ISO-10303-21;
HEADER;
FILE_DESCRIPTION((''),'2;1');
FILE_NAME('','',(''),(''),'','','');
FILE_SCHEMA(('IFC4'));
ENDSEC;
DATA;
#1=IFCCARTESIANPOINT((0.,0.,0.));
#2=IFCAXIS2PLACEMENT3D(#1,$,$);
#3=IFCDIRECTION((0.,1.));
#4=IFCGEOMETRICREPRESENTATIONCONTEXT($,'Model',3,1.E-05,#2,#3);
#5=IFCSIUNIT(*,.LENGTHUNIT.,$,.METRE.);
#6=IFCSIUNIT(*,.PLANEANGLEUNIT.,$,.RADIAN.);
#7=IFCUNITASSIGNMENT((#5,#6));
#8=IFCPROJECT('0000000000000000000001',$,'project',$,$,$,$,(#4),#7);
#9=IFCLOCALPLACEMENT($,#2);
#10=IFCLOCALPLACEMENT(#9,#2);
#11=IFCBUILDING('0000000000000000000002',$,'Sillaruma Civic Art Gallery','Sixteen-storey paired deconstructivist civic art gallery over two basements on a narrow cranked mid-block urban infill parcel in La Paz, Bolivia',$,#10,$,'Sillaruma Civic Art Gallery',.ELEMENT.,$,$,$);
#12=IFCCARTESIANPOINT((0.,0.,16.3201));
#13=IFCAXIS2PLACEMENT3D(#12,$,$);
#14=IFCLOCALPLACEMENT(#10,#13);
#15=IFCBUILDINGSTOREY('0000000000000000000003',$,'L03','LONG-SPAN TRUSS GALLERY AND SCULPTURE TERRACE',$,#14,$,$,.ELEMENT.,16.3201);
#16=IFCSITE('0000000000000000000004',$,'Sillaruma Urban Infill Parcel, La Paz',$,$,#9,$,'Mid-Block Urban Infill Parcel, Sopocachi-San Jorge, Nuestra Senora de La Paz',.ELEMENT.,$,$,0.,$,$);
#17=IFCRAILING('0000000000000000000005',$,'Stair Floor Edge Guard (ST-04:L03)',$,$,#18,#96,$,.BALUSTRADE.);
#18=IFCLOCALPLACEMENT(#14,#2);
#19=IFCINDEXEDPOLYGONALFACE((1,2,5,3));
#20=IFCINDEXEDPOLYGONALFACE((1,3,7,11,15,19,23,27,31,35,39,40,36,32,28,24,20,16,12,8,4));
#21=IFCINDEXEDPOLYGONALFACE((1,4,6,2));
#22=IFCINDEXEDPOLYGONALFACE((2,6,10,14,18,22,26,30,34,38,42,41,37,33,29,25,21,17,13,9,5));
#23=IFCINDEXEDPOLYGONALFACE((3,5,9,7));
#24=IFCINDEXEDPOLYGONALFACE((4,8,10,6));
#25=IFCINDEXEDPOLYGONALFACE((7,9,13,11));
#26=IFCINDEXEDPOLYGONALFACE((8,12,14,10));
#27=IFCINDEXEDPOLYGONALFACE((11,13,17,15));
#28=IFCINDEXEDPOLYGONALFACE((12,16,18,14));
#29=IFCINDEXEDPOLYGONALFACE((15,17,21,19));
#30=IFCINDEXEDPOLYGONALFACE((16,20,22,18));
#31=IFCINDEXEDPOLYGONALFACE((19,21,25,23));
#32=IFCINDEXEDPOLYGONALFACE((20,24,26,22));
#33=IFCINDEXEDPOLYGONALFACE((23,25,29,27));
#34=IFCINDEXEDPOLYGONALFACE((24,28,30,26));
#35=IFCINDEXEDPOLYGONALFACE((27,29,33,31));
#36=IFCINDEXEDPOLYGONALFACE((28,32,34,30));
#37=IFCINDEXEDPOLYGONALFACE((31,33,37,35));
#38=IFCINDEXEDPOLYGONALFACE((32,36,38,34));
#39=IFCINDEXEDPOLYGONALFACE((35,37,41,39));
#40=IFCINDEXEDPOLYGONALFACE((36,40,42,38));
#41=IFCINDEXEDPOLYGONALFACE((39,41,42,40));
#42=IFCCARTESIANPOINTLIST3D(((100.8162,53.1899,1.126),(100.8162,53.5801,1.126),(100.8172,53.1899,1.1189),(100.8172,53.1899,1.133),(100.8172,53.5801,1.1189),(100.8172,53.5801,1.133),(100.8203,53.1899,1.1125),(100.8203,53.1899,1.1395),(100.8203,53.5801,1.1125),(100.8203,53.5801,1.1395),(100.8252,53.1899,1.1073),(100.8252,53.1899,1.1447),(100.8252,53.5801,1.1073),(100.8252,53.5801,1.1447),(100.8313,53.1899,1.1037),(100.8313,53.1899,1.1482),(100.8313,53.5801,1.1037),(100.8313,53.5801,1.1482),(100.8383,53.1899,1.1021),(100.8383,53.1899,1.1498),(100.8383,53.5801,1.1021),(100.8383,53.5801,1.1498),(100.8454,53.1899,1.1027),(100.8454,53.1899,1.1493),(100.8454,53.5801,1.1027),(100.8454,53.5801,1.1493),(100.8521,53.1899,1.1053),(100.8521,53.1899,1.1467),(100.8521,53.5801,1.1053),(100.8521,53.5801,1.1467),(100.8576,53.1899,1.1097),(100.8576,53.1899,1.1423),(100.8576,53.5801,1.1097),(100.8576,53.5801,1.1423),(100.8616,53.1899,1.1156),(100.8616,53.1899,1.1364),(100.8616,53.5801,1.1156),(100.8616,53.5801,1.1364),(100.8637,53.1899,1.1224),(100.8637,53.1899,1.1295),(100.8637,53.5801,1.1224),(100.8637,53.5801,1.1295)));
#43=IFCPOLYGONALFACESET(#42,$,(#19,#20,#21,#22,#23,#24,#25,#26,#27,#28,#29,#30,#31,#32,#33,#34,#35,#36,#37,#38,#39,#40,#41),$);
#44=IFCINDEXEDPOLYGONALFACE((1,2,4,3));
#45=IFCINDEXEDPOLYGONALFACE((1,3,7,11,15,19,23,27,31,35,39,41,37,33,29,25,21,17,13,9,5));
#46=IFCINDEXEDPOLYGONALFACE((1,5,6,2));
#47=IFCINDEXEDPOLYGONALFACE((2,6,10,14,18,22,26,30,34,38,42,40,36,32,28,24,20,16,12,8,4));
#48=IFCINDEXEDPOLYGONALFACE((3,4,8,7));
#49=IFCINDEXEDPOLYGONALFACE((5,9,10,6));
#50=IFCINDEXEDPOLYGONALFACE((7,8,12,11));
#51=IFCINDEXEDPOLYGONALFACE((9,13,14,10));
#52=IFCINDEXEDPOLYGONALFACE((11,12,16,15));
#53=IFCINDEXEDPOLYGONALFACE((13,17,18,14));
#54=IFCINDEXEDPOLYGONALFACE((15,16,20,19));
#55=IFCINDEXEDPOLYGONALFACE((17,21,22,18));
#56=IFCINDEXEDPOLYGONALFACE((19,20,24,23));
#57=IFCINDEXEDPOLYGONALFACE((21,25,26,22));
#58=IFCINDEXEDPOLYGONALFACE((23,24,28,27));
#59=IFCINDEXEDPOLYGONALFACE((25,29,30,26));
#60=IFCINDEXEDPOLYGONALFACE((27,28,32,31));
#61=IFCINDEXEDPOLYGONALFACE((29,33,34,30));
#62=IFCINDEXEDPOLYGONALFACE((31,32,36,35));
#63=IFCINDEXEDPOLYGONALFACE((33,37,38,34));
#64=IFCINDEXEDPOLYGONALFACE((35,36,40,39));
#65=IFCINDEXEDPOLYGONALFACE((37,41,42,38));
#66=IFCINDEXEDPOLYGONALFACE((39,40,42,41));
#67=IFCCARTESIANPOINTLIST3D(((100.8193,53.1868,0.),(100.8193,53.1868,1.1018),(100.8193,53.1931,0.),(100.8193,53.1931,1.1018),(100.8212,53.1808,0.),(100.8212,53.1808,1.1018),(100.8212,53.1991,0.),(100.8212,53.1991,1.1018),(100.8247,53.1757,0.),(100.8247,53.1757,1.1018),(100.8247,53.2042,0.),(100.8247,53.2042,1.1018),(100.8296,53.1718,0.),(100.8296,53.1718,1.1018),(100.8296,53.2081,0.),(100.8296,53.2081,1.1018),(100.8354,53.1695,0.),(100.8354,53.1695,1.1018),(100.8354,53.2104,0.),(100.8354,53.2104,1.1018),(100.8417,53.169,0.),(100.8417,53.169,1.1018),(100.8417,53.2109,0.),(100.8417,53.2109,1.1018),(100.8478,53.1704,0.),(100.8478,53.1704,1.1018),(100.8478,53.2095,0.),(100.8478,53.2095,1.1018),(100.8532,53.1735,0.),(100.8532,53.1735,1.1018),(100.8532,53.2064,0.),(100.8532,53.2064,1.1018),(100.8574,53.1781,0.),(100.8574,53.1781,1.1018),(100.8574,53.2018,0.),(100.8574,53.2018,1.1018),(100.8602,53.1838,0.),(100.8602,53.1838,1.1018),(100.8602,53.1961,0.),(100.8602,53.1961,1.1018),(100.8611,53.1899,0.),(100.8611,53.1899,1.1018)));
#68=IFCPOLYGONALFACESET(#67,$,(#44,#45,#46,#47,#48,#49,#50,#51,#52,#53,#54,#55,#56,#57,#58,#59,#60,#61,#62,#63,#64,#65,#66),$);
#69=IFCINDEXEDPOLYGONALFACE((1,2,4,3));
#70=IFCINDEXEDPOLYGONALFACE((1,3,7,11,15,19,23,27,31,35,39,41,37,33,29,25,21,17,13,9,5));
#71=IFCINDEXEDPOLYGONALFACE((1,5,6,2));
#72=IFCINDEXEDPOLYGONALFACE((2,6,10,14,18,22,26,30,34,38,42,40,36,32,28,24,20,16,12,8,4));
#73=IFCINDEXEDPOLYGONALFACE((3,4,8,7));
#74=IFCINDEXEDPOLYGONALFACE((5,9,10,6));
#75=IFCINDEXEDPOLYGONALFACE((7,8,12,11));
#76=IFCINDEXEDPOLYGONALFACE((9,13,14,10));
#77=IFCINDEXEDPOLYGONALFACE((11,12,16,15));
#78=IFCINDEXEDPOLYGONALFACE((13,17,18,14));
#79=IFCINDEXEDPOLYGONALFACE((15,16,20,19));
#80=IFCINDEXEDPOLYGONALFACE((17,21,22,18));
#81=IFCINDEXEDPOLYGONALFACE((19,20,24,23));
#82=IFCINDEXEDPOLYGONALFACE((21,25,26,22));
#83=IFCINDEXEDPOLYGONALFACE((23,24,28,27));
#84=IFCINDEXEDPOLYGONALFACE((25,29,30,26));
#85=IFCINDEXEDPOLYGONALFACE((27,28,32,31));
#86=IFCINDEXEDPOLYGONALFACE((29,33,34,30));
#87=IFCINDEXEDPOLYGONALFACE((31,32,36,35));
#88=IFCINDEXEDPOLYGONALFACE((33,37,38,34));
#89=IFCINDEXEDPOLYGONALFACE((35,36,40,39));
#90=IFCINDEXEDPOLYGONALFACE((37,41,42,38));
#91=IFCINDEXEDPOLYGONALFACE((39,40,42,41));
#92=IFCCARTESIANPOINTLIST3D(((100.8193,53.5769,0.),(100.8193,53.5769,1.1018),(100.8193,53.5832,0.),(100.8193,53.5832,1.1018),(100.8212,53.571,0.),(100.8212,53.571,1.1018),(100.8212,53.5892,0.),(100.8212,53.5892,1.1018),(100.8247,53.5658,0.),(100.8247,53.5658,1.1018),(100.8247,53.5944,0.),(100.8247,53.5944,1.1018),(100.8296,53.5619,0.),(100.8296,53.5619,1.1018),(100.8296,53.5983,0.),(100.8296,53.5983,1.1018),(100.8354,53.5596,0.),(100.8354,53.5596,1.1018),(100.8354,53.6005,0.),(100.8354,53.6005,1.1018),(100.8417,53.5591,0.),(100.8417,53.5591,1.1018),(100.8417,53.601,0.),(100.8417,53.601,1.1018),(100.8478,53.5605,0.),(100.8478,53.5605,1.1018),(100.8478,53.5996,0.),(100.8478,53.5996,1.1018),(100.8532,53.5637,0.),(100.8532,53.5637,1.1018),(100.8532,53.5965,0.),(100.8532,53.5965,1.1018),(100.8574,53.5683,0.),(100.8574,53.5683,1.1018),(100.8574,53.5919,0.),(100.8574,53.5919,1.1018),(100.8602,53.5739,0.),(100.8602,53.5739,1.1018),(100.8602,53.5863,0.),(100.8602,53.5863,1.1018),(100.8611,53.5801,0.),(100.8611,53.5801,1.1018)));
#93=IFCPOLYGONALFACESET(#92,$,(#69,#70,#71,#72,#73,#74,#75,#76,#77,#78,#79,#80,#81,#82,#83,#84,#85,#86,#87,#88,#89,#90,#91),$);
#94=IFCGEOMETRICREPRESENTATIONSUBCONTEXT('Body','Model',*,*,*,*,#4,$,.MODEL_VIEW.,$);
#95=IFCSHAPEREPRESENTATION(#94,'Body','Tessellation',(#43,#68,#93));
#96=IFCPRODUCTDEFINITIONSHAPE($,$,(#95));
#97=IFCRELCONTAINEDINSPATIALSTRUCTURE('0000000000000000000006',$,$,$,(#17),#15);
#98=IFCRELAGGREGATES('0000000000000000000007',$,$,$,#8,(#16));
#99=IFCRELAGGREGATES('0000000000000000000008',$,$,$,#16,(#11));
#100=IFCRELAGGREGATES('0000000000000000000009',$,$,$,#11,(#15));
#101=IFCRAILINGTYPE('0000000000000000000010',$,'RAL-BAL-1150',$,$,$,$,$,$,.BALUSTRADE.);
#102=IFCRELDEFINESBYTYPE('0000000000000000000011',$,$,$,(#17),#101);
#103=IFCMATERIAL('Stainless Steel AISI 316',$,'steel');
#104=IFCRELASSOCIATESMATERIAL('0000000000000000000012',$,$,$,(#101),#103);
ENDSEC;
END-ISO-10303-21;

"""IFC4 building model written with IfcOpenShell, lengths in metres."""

from ifc_helpers import new_model, si_unit, direction, frame, origin, origin_2d, place, context, subcontext, project, spatial, circle, extrude, material, type_object, element, save


model = new_model("IFC4")

# Units and contexts
model_context = context("Model", 3, precision=1e-05, world=origin(), true_north=direction((0.0, 1.0)))
body_context = subcontext(model_context, "Body", "Model", "MODEL_VIEW")
ifc_project = project(units=[si_unit("LENGTHUNIT", "METRE"), si_unit("PLANEANGLEUNIT", "RADIAN")], contexts=[model_context])

# Site, building, storey
site_placement = place(None, origin())
site = spatial("IfcSite", under=ifc_project, at=site_placement, Name="Sillaruma Urban Infill Parcel, La Paz", LongName="Mid-Block Urban Infill Parcel, Sopocachi-San Jorge, Nuestra Senora de La Paz", CompositionType="ELEMENT", RefElevation=0.0)
building_placement = place(site_placement, origin())
building = spatial("IfcBuilding", under=site, at=building_placement, Name="Sillaruma Civic Art Gallery", Description="Sixteen-storey paired deconstructivist civic art gallery over two basements on a narrow cranked mid-block urban infill parcel in La Paz, Bolivia", LongName="Sillaruma Civic Art Gallery", CompositionType="ELEMENT")
storey_placement = place(building_placement, frame((0.0, 0.0, 16.3201)))
storey = spatial("IfcBuildingStorey", under=building, at=storey_placement, Name="L03", Description="LONG-SPAN TRUSS GALLERY AND SCULPTURE TERRACE", CompositionType="ELEMENT", Elevation=16.3201)

# Railing
ifc_material_1 = material(Name="Stainless Steel AISI 316", Category="steel")
railing_type_1 = type_object("IfcRailingType", Name="RAL-BAL-1150", PredefinedType="BALUSTRADE", material=ifc_material_1)
railing_1_placement = place(storey_placement, frame((100.8401, 53.1899, 0.0)))
element("IfcRailing", 1, at=railing_1_placement, inside=storey, type_object=railing_type_1, Name="Stair Floor Edge Guard (ST-04:L03)", PredefinedType="BALUSTRADE", context=body_context, shape_type="SweptSolid", body=[
    extrude(circle(Radius=0.0239, at=origin_2d()), frame((0.0, 0.0, 1.126), z_axis=(0.0, 1.0, 0.0), x_axis=(-1.0, 0.0, 0.0)), (0.0, 0.0, 1.0), 0.3901),
    extrude(circle(Radius=0.021, at=origin_2d()), origin(), (0.0, 0.0, 1.0), 1.1018),
    extrude(circle(Radius=0.021, at=origin_2d()), frame((0.0, 0.3901, 0.0)), (0.0, 0.0, 1.0), 1.1018),
])

save(model, "model.ifc")
